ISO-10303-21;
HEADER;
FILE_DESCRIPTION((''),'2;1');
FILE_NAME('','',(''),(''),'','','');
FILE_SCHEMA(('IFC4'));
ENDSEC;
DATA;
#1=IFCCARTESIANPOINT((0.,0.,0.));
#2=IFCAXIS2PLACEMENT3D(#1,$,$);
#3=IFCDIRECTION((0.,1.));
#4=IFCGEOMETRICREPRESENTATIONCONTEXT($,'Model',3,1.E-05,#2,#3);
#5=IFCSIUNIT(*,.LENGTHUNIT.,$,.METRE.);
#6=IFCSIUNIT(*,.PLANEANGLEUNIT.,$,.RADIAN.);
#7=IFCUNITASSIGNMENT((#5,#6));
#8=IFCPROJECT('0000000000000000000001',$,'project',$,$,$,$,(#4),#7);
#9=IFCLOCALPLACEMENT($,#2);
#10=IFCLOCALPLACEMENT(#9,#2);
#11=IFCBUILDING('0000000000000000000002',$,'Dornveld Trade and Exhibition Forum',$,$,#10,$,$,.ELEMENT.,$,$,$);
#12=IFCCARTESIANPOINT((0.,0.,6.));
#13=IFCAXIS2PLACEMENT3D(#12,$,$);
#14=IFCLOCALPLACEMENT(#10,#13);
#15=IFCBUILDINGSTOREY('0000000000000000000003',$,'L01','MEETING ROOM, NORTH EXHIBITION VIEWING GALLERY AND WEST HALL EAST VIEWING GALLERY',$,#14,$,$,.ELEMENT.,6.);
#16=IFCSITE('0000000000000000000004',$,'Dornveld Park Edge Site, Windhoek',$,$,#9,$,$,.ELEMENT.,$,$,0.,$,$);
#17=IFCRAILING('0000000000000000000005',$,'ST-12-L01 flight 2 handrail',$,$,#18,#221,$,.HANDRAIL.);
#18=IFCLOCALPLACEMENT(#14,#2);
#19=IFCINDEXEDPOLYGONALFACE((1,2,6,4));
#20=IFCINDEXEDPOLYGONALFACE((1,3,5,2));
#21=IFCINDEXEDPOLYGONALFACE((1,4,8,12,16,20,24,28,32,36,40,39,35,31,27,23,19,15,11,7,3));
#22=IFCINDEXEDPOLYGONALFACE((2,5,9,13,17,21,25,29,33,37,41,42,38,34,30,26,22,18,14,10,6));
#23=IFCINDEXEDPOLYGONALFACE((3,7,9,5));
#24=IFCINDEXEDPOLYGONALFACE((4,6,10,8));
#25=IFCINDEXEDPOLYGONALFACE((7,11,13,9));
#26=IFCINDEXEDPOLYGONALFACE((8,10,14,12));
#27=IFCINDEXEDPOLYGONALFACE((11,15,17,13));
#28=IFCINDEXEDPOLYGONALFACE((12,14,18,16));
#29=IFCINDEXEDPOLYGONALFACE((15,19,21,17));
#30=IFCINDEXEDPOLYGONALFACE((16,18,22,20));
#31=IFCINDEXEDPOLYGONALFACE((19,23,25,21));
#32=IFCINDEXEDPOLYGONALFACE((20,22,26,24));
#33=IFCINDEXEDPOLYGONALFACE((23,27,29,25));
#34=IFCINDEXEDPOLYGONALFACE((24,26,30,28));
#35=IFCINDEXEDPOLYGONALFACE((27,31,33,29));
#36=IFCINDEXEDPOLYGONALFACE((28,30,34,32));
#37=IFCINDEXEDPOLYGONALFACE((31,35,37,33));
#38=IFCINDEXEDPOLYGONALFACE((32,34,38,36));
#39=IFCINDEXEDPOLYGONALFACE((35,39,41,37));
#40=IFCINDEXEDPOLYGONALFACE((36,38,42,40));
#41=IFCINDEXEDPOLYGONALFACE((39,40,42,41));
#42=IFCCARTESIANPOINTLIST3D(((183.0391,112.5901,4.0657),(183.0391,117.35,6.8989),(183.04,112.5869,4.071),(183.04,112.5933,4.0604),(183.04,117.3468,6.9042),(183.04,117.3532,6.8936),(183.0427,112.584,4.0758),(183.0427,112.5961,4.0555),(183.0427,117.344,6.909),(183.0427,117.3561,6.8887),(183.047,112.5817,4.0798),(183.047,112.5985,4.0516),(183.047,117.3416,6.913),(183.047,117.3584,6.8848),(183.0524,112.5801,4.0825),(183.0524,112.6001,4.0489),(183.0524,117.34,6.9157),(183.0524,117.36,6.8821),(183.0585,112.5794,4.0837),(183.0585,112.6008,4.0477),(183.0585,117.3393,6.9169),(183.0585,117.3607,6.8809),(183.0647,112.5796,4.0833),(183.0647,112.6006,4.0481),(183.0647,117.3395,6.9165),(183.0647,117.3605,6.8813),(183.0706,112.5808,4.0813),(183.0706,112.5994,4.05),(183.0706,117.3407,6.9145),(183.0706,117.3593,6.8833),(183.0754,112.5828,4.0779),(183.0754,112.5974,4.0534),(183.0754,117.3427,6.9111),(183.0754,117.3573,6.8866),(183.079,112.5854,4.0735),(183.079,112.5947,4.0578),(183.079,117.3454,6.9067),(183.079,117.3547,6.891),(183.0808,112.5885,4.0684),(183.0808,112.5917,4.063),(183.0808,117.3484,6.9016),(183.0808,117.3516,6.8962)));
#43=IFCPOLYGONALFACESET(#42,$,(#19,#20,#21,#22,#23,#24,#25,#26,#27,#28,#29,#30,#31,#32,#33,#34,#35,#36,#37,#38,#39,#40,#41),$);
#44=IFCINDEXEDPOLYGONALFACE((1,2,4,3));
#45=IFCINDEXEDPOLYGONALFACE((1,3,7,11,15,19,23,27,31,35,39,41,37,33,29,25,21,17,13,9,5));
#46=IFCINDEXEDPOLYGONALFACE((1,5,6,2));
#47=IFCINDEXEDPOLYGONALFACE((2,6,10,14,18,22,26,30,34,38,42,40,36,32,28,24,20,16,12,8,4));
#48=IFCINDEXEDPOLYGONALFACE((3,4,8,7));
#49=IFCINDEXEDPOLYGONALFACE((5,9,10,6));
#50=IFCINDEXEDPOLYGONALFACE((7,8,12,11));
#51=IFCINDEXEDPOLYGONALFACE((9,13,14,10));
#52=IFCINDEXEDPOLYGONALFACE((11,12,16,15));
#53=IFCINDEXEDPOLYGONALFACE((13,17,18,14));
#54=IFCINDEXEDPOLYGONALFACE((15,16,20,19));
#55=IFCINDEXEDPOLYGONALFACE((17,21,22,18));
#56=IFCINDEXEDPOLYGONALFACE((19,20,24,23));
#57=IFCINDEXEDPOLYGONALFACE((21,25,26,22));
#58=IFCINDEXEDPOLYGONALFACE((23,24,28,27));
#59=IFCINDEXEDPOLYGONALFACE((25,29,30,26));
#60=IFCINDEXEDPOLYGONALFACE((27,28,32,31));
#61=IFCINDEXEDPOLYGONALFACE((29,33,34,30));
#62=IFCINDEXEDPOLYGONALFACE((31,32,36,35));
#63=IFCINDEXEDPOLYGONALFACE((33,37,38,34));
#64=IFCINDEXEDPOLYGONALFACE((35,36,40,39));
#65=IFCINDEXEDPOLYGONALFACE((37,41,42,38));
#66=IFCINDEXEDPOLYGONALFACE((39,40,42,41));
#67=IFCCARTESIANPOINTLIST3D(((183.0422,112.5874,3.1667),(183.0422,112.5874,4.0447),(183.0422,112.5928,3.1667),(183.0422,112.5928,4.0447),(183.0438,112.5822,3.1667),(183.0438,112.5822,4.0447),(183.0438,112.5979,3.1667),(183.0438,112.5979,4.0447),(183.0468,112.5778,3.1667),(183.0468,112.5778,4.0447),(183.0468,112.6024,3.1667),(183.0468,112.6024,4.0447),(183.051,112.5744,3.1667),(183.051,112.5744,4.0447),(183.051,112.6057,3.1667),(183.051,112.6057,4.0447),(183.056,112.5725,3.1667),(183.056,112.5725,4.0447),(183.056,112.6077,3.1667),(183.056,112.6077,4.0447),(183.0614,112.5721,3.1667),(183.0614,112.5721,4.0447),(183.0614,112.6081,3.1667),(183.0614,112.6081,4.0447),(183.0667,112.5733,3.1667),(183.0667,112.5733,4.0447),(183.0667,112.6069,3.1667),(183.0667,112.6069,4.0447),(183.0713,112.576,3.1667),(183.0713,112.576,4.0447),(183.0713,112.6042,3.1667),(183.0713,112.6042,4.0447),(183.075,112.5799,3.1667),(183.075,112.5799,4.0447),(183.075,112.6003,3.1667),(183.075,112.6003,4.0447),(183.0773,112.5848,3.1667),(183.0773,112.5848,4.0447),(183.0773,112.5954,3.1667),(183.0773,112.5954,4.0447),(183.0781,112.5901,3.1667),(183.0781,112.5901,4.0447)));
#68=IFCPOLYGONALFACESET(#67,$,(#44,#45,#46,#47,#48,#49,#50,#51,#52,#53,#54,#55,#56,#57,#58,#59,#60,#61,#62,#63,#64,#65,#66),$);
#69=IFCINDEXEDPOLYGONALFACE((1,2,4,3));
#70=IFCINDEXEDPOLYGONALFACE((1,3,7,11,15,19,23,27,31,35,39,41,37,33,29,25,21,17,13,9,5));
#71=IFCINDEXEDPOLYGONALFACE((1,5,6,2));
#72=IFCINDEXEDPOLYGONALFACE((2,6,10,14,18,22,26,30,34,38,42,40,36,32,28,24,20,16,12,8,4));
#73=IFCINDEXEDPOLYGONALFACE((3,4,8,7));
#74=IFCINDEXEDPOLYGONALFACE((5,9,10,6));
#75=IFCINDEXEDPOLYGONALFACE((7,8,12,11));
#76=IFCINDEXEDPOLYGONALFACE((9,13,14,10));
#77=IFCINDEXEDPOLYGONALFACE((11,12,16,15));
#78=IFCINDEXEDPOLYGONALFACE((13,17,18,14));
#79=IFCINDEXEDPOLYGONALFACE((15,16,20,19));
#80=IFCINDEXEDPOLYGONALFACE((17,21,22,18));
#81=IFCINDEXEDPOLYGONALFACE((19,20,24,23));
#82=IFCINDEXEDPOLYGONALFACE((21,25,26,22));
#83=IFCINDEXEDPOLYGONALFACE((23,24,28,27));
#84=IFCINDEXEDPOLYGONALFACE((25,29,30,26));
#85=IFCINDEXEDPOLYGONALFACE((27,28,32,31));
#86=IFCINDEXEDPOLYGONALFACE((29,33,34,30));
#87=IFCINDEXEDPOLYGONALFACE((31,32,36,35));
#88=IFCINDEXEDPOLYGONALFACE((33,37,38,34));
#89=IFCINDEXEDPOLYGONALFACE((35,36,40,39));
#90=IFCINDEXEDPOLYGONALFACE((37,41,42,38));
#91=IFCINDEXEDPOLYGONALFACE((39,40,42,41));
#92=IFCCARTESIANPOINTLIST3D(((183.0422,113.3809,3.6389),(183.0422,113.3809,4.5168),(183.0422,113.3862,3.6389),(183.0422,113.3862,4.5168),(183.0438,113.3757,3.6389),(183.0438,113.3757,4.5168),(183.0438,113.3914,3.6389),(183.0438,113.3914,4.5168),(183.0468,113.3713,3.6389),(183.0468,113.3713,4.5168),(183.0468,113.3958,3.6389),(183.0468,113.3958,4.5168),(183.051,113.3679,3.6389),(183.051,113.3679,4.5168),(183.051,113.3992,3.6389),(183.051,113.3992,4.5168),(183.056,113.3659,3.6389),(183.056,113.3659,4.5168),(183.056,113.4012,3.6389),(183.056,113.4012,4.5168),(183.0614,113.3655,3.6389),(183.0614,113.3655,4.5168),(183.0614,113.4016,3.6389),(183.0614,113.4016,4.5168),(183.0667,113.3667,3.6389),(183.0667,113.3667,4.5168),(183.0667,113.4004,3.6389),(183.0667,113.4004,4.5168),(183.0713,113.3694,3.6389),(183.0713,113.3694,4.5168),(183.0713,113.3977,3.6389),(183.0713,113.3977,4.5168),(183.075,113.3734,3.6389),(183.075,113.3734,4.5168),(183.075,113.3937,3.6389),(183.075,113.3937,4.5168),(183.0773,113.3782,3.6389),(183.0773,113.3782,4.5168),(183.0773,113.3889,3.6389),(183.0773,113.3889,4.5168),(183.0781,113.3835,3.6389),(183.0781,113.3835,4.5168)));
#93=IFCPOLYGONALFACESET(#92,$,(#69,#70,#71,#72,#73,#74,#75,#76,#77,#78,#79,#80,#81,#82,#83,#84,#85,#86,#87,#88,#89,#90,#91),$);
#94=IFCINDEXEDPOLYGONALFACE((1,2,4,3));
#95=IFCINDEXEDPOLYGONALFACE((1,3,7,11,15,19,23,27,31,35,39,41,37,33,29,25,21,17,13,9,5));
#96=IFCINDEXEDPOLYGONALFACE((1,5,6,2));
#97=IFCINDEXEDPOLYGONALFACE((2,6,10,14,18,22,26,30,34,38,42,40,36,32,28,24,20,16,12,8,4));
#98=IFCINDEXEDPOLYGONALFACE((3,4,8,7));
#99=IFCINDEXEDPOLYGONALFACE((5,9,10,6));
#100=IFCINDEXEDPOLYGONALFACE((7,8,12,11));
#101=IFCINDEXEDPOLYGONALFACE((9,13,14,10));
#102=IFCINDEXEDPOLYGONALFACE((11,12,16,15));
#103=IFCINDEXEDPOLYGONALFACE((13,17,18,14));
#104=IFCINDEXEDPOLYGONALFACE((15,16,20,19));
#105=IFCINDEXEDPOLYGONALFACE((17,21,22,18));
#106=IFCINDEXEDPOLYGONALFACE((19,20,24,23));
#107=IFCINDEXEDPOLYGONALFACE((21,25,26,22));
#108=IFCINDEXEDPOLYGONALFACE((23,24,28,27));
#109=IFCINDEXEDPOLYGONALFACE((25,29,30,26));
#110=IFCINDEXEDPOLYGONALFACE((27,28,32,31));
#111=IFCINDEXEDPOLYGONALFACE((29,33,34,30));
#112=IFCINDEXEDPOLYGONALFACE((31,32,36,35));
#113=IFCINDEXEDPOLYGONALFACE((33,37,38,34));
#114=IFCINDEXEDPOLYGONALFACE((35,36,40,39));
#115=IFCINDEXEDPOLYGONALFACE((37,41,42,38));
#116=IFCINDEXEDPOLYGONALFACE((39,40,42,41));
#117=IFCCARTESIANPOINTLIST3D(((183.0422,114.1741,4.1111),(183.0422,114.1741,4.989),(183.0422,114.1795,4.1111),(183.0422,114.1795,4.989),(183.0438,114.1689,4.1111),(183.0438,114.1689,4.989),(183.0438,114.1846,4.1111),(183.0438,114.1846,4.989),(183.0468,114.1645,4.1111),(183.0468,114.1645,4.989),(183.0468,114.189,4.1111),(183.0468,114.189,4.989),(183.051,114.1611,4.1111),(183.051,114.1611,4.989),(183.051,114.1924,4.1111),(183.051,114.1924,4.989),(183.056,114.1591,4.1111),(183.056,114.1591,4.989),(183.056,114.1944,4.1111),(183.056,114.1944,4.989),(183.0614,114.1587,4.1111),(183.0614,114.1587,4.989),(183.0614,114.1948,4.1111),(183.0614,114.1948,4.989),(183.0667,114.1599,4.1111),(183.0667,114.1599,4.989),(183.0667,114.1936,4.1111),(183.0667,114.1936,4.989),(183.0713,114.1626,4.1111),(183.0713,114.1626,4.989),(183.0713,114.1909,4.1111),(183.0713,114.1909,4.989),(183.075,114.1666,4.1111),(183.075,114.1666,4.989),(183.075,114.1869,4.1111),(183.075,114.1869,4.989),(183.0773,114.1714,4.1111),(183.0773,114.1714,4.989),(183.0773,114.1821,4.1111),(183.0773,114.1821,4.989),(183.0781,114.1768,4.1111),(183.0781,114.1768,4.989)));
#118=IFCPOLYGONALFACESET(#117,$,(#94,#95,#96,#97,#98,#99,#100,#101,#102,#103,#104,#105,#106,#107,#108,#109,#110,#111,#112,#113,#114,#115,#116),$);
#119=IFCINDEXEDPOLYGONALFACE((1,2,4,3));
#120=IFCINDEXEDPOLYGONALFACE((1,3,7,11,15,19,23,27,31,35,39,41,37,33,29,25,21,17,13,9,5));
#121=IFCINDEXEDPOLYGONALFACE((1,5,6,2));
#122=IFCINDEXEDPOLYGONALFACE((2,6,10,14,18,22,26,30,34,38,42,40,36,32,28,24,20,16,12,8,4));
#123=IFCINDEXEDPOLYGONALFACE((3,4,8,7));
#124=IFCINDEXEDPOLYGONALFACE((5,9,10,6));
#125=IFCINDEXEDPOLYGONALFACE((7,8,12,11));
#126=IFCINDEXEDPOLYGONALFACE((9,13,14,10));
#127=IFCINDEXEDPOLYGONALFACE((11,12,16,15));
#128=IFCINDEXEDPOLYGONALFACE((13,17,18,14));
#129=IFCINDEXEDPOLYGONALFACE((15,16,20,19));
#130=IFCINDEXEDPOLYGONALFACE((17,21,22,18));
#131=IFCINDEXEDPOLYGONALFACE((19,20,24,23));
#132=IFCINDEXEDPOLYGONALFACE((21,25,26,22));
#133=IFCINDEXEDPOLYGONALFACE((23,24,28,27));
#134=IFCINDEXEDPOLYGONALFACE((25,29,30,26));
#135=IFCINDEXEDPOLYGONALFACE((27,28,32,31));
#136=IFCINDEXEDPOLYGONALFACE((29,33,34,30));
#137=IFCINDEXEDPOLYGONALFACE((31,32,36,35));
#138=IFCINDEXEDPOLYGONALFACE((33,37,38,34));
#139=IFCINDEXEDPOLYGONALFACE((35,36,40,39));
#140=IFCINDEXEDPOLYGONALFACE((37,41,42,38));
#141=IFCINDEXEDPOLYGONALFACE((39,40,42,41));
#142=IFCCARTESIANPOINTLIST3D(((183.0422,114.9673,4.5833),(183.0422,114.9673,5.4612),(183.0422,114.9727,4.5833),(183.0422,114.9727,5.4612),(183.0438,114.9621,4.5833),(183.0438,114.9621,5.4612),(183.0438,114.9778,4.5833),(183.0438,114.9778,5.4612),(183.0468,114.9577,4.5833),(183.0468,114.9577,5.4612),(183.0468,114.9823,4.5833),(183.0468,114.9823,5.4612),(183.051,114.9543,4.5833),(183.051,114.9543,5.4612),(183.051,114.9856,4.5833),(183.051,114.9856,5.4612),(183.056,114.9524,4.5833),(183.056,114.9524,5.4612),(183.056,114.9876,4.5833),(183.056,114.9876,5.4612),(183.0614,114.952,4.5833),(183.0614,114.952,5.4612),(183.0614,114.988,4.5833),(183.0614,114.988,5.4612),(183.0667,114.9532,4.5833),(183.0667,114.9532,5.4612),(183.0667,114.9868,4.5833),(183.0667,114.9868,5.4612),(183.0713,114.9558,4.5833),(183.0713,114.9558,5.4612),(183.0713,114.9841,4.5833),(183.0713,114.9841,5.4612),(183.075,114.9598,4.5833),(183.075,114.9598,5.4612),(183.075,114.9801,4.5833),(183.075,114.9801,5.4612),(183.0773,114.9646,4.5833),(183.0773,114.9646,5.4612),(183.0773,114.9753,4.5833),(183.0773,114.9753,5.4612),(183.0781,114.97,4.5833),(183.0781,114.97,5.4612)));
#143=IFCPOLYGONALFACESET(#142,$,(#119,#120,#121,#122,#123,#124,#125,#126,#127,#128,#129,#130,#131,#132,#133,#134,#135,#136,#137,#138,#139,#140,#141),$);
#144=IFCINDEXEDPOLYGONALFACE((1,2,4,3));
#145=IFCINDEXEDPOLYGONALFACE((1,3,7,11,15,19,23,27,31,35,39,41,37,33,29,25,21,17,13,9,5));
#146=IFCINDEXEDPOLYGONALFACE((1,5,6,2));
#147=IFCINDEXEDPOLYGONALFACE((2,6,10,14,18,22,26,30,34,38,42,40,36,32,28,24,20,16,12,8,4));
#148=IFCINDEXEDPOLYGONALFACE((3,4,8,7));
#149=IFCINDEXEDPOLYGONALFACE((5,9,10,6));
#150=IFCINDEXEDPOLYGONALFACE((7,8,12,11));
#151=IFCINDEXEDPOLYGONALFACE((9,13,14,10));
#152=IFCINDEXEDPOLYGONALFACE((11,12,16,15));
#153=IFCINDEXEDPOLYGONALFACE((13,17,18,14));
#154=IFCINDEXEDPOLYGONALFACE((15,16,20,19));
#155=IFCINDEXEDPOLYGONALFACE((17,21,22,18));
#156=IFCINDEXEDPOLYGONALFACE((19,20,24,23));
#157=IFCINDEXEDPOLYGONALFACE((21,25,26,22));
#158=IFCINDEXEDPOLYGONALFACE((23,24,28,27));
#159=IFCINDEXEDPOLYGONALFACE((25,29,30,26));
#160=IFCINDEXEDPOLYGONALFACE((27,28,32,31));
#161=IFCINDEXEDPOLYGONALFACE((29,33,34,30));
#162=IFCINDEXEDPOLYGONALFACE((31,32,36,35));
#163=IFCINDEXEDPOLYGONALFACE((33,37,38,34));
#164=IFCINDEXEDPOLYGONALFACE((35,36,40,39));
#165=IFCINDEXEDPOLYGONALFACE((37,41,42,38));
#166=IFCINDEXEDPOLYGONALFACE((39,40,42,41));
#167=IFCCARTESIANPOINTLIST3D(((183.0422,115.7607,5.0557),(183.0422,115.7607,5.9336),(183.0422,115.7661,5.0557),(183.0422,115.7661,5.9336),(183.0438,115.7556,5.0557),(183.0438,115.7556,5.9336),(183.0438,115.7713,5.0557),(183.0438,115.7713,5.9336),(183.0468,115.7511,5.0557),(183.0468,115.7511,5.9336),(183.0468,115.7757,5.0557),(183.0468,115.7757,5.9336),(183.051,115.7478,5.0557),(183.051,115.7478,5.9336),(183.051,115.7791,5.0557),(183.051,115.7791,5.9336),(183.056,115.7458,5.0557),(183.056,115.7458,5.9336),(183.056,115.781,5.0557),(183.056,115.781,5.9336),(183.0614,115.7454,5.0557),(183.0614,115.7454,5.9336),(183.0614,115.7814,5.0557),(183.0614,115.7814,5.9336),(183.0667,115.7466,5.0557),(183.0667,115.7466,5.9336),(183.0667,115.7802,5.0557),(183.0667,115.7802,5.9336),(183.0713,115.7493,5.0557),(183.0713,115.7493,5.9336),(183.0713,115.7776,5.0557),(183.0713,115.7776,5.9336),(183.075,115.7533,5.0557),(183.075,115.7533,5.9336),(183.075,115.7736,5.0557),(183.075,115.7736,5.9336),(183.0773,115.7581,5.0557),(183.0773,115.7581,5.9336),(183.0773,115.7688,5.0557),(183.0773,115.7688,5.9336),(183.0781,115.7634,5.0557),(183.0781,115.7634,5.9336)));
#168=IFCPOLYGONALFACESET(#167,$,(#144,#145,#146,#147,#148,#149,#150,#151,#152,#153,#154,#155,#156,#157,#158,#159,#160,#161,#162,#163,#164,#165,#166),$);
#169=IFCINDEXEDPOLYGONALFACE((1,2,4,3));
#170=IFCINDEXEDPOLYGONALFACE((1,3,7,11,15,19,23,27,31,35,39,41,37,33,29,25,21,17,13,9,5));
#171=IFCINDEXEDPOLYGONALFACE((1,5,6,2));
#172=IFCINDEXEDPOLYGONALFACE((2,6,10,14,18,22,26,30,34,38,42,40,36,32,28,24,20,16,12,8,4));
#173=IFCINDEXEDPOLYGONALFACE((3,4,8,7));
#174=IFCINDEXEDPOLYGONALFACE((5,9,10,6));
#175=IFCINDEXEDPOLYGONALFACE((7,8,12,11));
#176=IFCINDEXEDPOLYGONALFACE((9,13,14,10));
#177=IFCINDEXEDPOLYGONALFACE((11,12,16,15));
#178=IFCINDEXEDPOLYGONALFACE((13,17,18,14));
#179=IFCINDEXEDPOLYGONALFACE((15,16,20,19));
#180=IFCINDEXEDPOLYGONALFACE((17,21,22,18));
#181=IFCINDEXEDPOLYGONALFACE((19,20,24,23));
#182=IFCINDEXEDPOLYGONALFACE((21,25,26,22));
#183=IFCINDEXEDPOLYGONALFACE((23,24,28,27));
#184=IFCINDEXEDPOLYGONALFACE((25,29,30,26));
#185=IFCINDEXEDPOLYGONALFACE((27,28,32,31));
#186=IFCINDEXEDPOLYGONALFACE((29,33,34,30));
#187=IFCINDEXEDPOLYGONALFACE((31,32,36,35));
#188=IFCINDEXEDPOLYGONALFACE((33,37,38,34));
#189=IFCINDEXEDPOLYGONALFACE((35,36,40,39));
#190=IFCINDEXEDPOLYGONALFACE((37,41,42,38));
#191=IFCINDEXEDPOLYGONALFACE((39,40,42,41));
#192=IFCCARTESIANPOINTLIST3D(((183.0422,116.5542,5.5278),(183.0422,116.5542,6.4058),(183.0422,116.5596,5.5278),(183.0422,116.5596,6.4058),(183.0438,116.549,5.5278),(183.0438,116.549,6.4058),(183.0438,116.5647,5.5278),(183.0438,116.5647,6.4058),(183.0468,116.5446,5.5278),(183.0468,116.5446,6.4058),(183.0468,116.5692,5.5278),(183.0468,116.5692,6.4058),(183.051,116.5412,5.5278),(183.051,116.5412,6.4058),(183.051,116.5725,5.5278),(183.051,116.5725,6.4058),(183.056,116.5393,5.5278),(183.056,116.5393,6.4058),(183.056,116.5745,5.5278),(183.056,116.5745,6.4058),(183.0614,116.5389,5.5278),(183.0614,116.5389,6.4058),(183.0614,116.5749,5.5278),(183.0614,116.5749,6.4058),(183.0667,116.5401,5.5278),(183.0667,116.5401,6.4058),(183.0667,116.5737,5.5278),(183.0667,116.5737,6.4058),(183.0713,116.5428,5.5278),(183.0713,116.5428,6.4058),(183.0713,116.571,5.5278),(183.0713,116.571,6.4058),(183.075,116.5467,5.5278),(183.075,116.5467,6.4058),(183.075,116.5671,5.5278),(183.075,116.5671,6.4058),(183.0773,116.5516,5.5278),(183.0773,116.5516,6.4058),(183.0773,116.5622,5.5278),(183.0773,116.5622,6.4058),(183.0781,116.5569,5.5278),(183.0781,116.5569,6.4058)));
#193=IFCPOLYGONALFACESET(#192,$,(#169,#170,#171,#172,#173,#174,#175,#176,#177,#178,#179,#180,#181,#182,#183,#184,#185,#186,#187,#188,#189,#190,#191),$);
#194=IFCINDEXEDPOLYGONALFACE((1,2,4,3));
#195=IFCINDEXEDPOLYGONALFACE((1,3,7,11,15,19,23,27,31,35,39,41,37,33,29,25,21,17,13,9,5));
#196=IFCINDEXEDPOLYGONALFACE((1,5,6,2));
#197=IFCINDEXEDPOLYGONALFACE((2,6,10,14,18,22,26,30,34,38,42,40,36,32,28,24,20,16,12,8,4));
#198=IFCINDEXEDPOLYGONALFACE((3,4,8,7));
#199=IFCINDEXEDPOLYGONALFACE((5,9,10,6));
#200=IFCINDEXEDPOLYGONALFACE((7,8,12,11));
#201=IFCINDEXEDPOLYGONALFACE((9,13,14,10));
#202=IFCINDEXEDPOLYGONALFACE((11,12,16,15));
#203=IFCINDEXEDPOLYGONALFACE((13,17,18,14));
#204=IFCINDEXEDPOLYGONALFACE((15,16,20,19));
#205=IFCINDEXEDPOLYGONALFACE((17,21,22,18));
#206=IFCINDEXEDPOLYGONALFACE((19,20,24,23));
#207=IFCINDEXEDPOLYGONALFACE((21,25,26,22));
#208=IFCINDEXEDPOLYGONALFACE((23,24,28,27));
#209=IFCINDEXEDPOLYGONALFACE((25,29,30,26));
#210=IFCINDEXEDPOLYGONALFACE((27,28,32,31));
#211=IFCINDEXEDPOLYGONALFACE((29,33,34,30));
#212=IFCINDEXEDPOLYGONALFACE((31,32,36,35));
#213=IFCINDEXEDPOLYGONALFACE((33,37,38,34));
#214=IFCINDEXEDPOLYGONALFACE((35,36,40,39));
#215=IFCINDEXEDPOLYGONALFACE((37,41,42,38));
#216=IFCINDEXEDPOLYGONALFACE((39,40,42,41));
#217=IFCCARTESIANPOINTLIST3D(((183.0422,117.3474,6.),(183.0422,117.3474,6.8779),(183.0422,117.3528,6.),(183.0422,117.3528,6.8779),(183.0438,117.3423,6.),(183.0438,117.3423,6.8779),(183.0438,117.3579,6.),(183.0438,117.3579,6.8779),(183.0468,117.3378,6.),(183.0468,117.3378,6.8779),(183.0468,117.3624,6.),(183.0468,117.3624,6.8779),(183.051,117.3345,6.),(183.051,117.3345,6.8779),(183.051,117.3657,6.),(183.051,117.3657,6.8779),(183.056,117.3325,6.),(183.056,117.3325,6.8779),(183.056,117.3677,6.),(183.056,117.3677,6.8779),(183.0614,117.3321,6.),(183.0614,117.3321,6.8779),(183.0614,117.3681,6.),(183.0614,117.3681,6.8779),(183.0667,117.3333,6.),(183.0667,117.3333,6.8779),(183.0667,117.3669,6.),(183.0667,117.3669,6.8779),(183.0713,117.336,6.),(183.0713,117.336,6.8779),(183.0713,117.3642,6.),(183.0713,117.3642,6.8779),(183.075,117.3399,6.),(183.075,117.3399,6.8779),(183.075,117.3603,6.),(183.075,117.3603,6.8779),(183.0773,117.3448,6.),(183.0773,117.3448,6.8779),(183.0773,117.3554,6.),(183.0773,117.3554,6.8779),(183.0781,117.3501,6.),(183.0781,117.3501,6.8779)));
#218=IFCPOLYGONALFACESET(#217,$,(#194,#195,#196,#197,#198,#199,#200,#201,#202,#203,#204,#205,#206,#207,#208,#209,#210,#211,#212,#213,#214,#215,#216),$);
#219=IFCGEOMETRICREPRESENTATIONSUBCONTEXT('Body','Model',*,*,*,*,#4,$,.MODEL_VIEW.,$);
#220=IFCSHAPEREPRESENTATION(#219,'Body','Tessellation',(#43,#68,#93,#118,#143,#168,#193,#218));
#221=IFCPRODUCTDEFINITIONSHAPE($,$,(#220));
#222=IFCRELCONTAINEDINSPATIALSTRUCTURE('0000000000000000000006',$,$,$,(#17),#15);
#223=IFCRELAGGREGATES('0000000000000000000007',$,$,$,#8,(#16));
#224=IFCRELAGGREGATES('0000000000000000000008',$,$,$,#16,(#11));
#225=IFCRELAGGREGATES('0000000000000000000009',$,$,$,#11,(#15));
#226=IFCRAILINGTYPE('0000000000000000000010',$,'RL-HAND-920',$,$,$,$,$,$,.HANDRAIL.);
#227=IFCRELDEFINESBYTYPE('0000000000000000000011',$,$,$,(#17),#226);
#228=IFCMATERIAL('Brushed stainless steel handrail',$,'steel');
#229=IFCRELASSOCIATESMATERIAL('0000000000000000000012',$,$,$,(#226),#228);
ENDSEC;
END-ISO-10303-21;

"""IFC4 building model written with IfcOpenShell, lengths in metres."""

from ifc_helpers import new_model, si_unit, direction, frame, origin, origin_2d, place, context, subcontext, project, spatial, circle, extrude, material, type_object, element, save


model = new_model("IFC4")

# Units and contexts
model_context = context("Model", 3, precision=1e-05, world=origin(), true_north=direction((0.0, 1.0)))
body_context = subcontext(model_context, "Body", "Model", "MODEL_VIEW")
ifc_project = project(units=[si_unit("LENGTHUNIT", "METRE"), si_unit("PLANEANGLEUNIT", "RADIAN")], contexts=[model_context])

# Site, building, storey
site_placement = place(None, origin())
site = spatial("IfcSite", under=ifc_project, at=site_placement, Name="Dornveld Park Edge Site, Windhoek", CompositionType="ELEMENT", RefElevation=0.0)
building_placement = place(site_placement, origin())
building = spatial("IfcBuilding", under=site, at=building_placement, Name="Dornveld Trade and Exhibition Forum", CompositionType="ELEMENT")
storey_placement = place(building_placement, frame((0.0, 0.0, 6.0)))
storey = spatial("IfcBuildingStorey", under=building, at=storey_placement, Name="L01", Description="MEETING ROOM, NORTH EXHIBITION VIEWING GALLERY AND WEST HALL EAST VIEWING GALLERY", CompositionType="ELEMENT", Elevation=6.0)

# Railing
ifc_material_1 = material(Name="Brushed stainless steel handrail", Category="steel")
railing_type_1 = type_object("IfcRailingType", Name="RL-HAND-920", PredefinedType="HANDRAIL", material=ifc_material_1)
railing_1_placement = place(storey_placement, frame((183.0601, 112.5901, 3.1667)))
element("IfcRailing", 1, at=railing_1_placement, inside=storey, type_object=railing_type_1, Name="ST-12-L01 flight 2 handrail", PredefinedType="HANDRAIL", context=body_context, shape_type="SweptSolid", body=[
    extrude(circle(Radius=0.021, at=origin_2d()), frame((0.0, 0.0, 0.8989), z_axis=(0.0, 0.8593, 0.511472), x_axis=(-1.0, 0.0, 0.0)), (0.0, 0.0, 1.0), 5.5393),
    extrude(circle(Radius=0.0181, at=origin_2d()), origin(), (0.0, 0.0, 1.0), 0.8779),
    extrude(circle(Radius=0.0181, at=origin_2d()), frame((0.0, 0.7935, 0.4722)), (0.0, 0.0, 1.0), 0.8779),
    extrude(circle(Radius=0.0181, at=origin_2d()), frame((0.0, 1.5867, 0.9443)), (0.0, 0.0, 1.0), 0.8779),
    extrude(circle(Radius=0.0181, at=origin_2d()), frame((0.0, 2.3799, 1.4165)), (0.0, 0.0, 1.0), 0.8779),
    extrude(circle(Radius=0.0181, at=origin_2d()), frame((0.0, 3.1733, 1.8889)), (0.0, 0.0, 1.0), 0.8779),
    extrude(circle(Radius=0.0181, at=origin_2d()), frame((0.0, 3.9668, 2.3611)), (0.0, 0.0, 1.0), 0.8779),
    extrude(circle(Radius=0.0181, at=origin_2d()), frame((0.0, 4.76, 2.8333)), (0.0, 0.0, 1.0), 0.8779),
])

save(model, "model.ifc")
